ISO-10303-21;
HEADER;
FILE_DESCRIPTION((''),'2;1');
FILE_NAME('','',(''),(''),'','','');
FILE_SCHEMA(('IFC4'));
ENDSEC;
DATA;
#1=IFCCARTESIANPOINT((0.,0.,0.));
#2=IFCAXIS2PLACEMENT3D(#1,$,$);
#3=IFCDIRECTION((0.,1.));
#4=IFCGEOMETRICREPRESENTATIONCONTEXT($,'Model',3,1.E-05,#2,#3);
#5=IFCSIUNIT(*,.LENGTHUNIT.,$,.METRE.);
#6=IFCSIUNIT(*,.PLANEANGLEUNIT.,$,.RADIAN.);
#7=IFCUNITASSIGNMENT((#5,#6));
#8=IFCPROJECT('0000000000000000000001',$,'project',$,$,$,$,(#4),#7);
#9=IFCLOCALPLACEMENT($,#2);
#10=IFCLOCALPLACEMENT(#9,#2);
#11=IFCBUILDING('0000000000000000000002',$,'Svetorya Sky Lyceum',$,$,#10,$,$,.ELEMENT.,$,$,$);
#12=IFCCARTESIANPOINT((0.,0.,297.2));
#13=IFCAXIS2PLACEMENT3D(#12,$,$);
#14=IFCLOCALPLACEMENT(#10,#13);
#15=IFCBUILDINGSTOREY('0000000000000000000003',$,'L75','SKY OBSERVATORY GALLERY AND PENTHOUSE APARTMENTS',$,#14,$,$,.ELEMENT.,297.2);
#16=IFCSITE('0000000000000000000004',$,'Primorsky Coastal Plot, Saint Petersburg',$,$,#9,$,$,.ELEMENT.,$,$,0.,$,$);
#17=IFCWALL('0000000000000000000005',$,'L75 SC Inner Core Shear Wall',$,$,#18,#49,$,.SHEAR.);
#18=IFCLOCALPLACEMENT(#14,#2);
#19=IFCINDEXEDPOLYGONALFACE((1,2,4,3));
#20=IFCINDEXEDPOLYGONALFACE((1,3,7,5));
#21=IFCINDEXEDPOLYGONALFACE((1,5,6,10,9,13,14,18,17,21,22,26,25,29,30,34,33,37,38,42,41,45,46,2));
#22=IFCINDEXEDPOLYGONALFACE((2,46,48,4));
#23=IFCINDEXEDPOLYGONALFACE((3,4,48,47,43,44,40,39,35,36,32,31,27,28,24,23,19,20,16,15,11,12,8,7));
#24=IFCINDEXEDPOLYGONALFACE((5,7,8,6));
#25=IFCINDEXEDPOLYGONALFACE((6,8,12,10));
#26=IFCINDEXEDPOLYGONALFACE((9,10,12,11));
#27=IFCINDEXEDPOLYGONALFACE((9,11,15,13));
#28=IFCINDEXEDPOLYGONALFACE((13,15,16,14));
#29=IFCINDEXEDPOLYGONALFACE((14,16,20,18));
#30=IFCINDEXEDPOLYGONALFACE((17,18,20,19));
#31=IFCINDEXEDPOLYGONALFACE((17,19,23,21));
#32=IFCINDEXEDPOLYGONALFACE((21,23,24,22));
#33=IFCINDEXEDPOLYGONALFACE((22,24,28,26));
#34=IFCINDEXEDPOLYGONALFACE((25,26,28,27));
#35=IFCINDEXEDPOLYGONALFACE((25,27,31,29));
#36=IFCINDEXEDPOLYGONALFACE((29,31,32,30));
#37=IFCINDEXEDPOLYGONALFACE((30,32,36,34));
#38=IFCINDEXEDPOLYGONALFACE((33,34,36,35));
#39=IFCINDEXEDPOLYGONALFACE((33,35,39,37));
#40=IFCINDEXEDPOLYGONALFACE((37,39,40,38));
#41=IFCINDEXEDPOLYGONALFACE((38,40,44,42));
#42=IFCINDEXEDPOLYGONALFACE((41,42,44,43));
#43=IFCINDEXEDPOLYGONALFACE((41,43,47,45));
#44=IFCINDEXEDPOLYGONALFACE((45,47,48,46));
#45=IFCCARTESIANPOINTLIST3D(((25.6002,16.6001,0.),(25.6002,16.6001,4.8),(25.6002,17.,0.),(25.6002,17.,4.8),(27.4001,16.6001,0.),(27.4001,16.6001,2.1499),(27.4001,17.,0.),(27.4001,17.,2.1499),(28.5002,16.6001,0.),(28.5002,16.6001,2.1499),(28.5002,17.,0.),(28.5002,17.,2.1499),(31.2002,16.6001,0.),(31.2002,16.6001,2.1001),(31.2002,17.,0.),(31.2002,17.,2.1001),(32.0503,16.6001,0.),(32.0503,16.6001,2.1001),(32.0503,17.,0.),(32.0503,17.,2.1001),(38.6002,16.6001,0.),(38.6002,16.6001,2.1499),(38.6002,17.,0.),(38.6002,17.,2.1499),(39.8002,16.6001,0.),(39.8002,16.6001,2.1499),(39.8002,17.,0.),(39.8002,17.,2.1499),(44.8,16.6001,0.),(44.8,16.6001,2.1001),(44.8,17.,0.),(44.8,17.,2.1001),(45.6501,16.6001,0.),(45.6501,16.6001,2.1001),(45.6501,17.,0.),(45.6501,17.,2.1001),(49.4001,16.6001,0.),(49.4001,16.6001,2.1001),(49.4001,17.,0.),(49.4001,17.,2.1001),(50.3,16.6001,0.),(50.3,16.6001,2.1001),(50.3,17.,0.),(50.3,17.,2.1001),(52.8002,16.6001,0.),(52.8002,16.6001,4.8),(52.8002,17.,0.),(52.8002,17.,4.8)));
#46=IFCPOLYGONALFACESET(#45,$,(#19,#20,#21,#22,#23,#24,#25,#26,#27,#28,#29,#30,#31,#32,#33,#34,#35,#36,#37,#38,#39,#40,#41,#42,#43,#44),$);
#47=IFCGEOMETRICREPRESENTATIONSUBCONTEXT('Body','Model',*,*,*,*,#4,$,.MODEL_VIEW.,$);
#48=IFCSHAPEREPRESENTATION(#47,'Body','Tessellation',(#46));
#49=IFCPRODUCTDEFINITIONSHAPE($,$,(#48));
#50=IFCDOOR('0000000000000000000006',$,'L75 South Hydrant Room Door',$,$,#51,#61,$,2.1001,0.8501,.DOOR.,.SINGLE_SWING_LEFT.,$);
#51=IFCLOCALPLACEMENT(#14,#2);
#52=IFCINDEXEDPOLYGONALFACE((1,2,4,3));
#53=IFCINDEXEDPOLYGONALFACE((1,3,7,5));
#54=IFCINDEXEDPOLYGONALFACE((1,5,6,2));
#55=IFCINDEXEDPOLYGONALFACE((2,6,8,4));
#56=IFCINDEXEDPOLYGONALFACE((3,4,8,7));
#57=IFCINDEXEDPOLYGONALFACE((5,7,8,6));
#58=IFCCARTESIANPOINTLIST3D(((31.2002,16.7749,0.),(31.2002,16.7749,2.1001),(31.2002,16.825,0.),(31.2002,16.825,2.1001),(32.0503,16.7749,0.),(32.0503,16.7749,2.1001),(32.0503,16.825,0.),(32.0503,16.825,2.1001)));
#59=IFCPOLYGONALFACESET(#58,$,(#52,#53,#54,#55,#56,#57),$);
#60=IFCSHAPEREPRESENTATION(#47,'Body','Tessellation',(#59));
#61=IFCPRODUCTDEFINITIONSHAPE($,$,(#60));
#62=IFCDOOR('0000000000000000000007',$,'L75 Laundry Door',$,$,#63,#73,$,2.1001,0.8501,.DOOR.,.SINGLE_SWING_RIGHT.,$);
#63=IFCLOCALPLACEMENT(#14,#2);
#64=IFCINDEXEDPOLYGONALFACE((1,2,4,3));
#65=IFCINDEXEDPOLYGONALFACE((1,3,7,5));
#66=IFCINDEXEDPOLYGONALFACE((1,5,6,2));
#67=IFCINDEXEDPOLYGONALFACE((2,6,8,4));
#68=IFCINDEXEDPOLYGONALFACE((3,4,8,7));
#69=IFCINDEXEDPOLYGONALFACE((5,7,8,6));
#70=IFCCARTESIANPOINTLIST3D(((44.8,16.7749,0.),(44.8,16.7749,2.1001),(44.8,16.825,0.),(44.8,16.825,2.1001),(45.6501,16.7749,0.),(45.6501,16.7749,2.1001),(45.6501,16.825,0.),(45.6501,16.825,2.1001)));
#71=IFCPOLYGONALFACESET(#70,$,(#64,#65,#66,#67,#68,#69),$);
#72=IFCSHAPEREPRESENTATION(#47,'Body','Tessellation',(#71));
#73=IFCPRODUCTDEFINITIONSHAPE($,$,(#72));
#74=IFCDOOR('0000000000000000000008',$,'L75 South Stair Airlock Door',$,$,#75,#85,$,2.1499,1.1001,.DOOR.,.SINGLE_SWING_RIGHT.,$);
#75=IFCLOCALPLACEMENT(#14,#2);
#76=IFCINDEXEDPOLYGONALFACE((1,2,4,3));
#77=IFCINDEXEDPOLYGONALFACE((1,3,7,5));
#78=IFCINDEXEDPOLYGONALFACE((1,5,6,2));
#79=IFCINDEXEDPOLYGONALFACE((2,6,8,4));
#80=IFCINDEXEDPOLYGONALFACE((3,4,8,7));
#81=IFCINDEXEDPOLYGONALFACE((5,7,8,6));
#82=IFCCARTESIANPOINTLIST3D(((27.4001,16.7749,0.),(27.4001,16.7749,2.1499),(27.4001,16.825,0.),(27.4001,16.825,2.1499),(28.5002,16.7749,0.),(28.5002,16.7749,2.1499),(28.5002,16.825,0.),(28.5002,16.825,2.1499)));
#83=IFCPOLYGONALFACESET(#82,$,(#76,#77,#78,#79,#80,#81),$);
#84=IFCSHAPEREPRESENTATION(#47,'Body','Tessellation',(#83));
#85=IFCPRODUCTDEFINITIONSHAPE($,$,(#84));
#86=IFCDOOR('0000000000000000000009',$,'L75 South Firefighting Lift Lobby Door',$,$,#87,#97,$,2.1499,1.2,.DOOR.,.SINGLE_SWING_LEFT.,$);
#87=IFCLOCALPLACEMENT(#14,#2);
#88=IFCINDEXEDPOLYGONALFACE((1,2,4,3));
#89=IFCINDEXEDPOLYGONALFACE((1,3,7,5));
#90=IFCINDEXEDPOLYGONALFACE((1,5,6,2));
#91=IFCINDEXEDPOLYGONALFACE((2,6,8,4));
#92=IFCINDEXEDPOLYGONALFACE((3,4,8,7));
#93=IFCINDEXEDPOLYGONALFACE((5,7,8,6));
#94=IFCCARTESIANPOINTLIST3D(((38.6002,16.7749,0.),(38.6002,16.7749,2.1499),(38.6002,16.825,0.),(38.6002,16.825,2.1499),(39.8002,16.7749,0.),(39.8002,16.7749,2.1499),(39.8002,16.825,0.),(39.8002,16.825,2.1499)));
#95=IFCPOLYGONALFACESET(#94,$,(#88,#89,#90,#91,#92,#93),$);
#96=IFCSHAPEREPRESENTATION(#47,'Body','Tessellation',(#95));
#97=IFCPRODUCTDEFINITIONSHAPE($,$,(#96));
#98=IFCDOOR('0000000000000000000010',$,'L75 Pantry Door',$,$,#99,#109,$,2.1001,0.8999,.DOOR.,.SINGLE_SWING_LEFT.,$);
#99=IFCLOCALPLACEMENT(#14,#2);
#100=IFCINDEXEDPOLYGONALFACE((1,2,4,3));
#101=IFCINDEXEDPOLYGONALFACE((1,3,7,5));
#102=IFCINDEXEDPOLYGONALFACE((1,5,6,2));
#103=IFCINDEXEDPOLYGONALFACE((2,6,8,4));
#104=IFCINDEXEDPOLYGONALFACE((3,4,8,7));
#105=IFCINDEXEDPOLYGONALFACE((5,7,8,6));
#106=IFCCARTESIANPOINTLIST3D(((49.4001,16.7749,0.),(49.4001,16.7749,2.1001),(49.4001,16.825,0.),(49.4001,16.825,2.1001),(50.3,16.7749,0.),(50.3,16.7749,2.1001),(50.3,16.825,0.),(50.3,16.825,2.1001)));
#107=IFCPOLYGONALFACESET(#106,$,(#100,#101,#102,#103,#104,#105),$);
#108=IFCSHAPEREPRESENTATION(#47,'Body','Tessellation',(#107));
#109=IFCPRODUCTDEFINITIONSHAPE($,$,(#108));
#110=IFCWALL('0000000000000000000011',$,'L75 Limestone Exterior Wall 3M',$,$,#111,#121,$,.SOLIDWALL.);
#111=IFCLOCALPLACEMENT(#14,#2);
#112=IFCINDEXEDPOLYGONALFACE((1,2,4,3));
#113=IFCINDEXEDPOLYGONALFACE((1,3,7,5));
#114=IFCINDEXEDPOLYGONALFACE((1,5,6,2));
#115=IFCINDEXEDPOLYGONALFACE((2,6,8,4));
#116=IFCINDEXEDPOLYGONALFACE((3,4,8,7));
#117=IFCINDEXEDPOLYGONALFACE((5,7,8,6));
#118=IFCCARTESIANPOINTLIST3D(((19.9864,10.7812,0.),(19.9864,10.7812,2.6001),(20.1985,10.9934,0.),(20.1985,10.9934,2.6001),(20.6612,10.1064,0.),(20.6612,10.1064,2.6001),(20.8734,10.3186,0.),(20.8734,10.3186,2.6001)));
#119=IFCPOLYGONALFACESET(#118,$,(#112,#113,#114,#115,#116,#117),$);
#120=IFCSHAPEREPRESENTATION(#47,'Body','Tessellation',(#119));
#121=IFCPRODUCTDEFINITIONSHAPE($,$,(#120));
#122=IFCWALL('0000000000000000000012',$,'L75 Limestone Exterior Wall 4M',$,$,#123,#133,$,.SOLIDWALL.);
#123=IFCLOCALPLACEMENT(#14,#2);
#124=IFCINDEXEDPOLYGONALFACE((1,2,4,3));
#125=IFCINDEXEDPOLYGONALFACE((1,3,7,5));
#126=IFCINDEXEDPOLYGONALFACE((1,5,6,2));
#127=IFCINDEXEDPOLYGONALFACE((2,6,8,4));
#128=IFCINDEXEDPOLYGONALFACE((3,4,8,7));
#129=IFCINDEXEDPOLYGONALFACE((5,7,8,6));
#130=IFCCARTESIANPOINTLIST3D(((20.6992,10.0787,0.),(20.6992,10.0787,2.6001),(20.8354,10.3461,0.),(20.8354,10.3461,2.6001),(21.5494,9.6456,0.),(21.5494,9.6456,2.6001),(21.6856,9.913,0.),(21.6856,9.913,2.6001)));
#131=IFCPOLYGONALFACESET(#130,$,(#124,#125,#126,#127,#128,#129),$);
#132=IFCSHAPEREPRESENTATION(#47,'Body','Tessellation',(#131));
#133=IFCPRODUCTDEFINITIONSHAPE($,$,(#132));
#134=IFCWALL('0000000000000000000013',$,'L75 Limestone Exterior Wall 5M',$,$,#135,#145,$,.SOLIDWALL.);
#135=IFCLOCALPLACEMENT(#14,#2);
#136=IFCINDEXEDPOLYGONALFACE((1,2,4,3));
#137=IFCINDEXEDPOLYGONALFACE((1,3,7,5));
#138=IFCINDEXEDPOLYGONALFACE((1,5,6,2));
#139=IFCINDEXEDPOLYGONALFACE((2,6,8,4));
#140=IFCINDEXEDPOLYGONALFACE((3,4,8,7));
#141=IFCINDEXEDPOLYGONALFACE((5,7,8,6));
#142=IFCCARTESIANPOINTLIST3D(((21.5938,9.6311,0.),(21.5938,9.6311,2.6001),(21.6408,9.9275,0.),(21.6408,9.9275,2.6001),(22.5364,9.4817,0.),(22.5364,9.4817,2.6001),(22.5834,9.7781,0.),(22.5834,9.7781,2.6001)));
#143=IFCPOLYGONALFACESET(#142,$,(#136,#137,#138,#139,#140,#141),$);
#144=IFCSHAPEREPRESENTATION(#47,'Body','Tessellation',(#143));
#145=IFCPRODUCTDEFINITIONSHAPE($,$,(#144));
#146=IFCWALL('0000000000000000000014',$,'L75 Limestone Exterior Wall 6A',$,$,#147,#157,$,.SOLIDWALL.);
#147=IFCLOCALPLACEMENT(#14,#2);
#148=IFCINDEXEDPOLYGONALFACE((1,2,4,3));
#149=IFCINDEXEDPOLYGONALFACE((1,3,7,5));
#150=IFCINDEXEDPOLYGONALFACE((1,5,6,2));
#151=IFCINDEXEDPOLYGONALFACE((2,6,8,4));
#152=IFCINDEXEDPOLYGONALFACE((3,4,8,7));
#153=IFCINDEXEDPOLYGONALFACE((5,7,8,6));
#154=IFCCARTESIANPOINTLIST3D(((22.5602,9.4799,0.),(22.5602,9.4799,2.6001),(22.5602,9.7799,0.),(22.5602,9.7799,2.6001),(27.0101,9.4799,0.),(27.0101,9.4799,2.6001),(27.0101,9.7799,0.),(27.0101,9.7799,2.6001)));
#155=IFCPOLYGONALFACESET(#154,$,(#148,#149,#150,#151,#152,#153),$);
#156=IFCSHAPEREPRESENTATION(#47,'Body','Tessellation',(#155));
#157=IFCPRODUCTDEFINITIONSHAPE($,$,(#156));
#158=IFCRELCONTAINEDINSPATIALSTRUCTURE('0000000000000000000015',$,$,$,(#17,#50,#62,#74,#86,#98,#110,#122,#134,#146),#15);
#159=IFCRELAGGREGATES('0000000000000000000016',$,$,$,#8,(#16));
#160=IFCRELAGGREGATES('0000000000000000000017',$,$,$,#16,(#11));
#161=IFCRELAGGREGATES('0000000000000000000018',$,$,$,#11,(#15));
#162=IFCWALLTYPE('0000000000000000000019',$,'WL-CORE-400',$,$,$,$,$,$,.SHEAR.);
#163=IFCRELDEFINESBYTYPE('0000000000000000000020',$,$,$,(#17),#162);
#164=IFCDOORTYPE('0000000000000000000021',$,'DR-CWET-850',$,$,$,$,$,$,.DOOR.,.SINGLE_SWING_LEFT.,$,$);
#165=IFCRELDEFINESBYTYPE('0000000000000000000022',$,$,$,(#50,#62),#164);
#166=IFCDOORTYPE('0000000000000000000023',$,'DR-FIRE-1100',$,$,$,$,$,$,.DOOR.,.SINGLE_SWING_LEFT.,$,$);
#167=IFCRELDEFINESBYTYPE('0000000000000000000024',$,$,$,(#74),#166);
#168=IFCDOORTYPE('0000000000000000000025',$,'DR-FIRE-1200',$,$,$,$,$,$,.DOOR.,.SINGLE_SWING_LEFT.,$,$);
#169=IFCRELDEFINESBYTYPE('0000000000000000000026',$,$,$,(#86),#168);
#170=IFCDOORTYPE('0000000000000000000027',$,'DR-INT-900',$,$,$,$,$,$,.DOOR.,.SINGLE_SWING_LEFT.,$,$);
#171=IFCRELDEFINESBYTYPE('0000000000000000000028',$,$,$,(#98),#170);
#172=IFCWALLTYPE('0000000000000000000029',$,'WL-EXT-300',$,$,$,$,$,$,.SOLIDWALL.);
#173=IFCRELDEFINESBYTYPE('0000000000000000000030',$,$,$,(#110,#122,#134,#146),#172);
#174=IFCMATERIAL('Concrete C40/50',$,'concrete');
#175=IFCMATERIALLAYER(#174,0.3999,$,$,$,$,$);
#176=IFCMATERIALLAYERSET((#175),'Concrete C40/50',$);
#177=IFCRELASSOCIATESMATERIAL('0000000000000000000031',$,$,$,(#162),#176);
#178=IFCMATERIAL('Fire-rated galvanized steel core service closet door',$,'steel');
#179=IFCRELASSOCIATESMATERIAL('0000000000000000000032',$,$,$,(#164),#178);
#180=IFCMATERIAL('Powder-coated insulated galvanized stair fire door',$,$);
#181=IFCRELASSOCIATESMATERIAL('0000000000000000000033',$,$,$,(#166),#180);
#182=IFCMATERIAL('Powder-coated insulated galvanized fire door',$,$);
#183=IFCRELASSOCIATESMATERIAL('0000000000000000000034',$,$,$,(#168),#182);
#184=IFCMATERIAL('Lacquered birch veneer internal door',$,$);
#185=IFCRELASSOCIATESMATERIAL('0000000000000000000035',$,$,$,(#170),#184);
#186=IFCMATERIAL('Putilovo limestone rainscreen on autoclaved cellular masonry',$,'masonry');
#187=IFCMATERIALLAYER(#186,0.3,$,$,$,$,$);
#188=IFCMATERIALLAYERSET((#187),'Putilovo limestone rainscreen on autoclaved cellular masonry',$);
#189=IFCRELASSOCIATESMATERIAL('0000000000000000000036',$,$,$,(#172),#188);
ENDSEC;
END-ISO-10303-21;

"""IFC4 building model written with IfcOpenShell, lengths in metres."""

from ifc_helpers import new_model, si_unit, direction, frame, frame_2d, origin, place, context, subcontext, project, spatial, rectangle, extrude, material, layer, layer_set, type_object, element, fill, save


model = new_model("IFC4")

# Units and contexts
model_context = context("Model", 3, precision=1e-05, world=origin(), true_north=direction((0.0, 1.0)))
body_context = subcontext(model_context, "Body", "Model", "MODEL_VIEW")
ifc_project = project(units=[si_unit("LENGTHUNIT", "METRE"), si_unit("PLANEANGLEUNIT", "RADIAN")], contexts=[model_context])

# Site, building, storey
site_placement = place(None, origin())
site = spatial("IfcSite", under=ifc_project, at=site_placement, Name="Primorsky Coastal Plot, Saint Petersburg", CompositionType="ELEMENT", RefElevation=0.0)
building_placement = place(site_placement, origin())
building = spatial("IfcBuilding", under=site, at=building_placement, Name="Svetorya Sky Lyceum", CompositionType="ELEMENT")
storey_placement = place(building_placement, frame((0.0, 0.0, 297.2)))
storey = spatial("IfcBuildingStorey", under=building, at=storey_placement, Name="L75", Description="SKY OBSERVATORY GALLERY AND PENTHOUSE APARTMENTS", CompositionType="ELEMENT", Elevation=297.2)

# Shared definitions
ifc_material_1 = material(Name="Concrete C40/50", Category="concrete")

# Shared definitions
ifc_layer_1 = layer(ifc_material_1, 0.3999)
ifc_layer_set_1 = layer_set([ifc_layer_1], Name="Concrete C40/50")
wall_type_1 = type_object("IfcWallType", Name="WL-CORE-400", PredefinedType="SHEAR", material=ifc_layer_set_1)

# Wall, openings, doors
wall_1_placement = place(storey_placement, frame((25.6001, 16.8, 0.0), z_axis=(0.0, 0.0, 1.0), x_axis=(1.0, 0.0, 0.0)))
wall_1 = element("IfcWall", 1, at=wall_1_placement, inside=storey, type_object=wall_type_1, Name="L75 SC Inner Core Shear Wall", PredefinedType="SHEAR", context=body_context, shape_type="SweptSolid", body=[
    extrude(rectangle(XDim=27.2, YDim=0.3999, at=frame_2d((13.6001, 0.0))), origin(), (0.0, 0.0, 1.0), 4.8),
])
opening_1_placement = place(wall_1_placement, frame((1.8, 0.0, 0.0)))
opening_1 = element("IfcOpeningElement", 2, at=opening_1_placement, cuts=wall_1, PredefinedType="OPENING", context=body_context, shape_type="SweptSolid", body=[
    extrude(rectangle(XDim=1.1001, YDim=2.1499, at=frame_2d((0.55, 1.075))), frame((0.0, 0.21, 0.0), z_axis=(0.0, -1.0, 0.0), x_axis=(1.0, 0.0, 0.0)), (0.0, 0.0, 1.0), 0.4199),
])
opening_2_placement = place(wall_1_placement, frame((5.6001, 0.0, 0.0)))
opening_2 = element("IfcOpeningElement", 3, at=opening_2_placement, cuts=wall_1, PredefinedType="OPENING", context=body_context, shape_type="SweptSolid", body=[
    extrude(rectangle(XDim=0.8501, YDim=2.1001, at=frame_2d((0.425, 1.05))), frame((0.0, 0.21, 0.0), z_axis=(0.0, -1.0, 0.0), x_axis=(1.0, 0.0, 0.0)), (0.0, 0.0, 1.0), 0.4199),
])
opening_3_placement = place(wall_1_placement, frame((13.0, 0.0, 0.0)))
opening_3 = element("IfcOpeningElement", 4, at=opening_3_placement, cuts=wall_1, PredefinedType="OPENING", context=body_context, shape_type="SweptSolid", body=[
    extrude(rectangle(XDim=1.2, YDim=2.1499, at=frame_2d((0.6001, 1.075))), frame((0.0, 0.21, 0.0), z_axis=(0.0, -1.0, 0.0), x_axis=(1.0, 0.0, 0.0)), (0.0, 0.0, 1.0), 0.4199),
])
opening_4_placement = place(wall_1_placement, frame((19.2, 0.0, 0.0)))
opening_4 = element("IfcOpeningElement", 5, at=opening_4_placement, cuts=wall_1, PredefinedType="OPENING", context=body_context, shape_type="SweptSolid", body=[
    extrude(rectangle(XDim=0.8501, YDim=2.1001, at=frame_2d((0.425, 1.05))), frame((0.0, 0.21, 0.0), z_axis=(0.0, -1.0, 0.0), x_axis=(1.0, 0.0, 0.0)), (0.0, 0.0, 1.0), 0.4199),
])
opening_5_placement = place(wall_1_placement, frame((23.8, 0.0, 0.0)))
opening_5 = element("IfcOpeningElement", 6, at=opening_5_placement, cuts=wall_1, PredefinedType="OPENING", context=body_context, shape_type="SweptSolid", body=[
    extrude(rectangle(XDim=0.8999, YDim=2.1001, at=frame_2d((0.45, 1.05))), frame((0.0, 0.21, 0.0), z_axis=(0.0, -1.0, 0.0), x_axis=(1.0, 0.0, 0.0)), (0.0, 0.0, 1.0), 0.4199),
])
ifc_material_2 = material(Name="Fire-rated galvanized steel core service closet door", Category="steel")
door_type_1 = type_object("IfcDoorType", Name="DR-CWET-850", OperationType="SINGLE_SWING_LEFT", PredefinedType="DOOR", material=ifc_material_2)
door_1_placement = place(opening_2_placement, origin())
door_1 = element("IfcDoor", 7, at=door_1_placement, inside=storey, type_object=door_type_1, Name="L75 South Hydrant Room Door", OperationType="SINGLE_SWING_LEFT", OverallHeight=2.1001, OverallWidth=0.8501, PredefinedType="DOOR", context=body_context, shape_type="SweptSolid", body=[
    extrude(rectangle(XDim=0.8501, YDim=2.1001, at=frame_2d((0.425, 1.05))), frame((0.0, 0.0249, 0.0), z_axis=(0.0, -1.0, 0.0), x_axis=(1.0, 0.0, 0.0)), (0.0, 0.0, 1.0), 0.05),
])
fill(opening_2, door_1)
door_2_placement = place(opening_4_placement, origin())
door_2 = element("IfcDoor", 8, at=door_2_placement, inside=storey, type_object=door_type_1, Name="L75 Laundry Door", OperationType="SINGLE_SWING_RIGHT", OverallHeight=2.1001, OverallWidth=0.8501, PredefinedType="DOOR", context=body_context, shape_type="SweptSolid", body=[
    extrude(rectangle(XDim=0.8501, YDim=2.1001, at=frame_2d((0.425, 1.05))), frame((0.0, 0.0249, 0.0), z_axis=(0.0, -1.0, 0.0), x_axis=(1.0, 0.0, 0.0)), (0.0, 0.0, 1.0), 0.05),
])
fill(opening_4, door_2)
ifc_material_3 = material(Name="Powder-coated insulated galvanized stair fire door")
door_type_2 = type_object("IfcDoorType", Name="DR-FIRE-1100", OperationType="SINGLE_SWING_LEFT", PredefinedType="DOOR", material=ifc_material_3)
door_3_placement = place(opening_1_placement, origin())
door_3 = element("IfcDoor", 9, at=door_3_placement, inside=storey, type_object=door_type_2, Name="L75 South Stair Airlock Door", OperationType="SINGLE_SWING_RIGHT", OverallHeight=2.1499, OverallWidth=1.1001, PredefinedType="DOOR", context=body_context, shape_type="SweptSolid", body=[
    extrude(rectangle(XDim=1.1001, YDim=2.1499, at=frame_2d((0.55, 1.075))), frame((0.0, 0.0249, 0.0), z_axis=(0.0, -1.0, 0.0), x_axis=(1.0, 0.0, 0.0)), (0.0, 0.0, 1.0), 0.05),
])
fill(opening_1, door_3)
ifc_material_4 = material(Name="Powder-coated insulated galvanized fire door")
door_type_3 = type_object("IfcDoorType", Name="DR-FIRE-1200", OperationType="SINGLE_SWING_LEFT", PredefinedType="DOOR", material=ifc_material_4)
door_4_placement = place(opening_3_placement, origin())
door_4 = element("IfcDoor", 10, at=door_4_placement, inside=storey, type_object=door_type_3, Name="L75 South Firefighting Lift Lobby Door", OperationType="SINGLE_SWING_LEFT", OverallHeight=2.1499, OverallWidth=1.2, PredefinedType="DOOR", context=body_context, shape_type="SweptSolid", body=[
    extrude(rectangle(XDim=1.2, YDim=2.1499, at=frame_2d((0.6001, 1.075))), frame((0.0, 0.0249, 0.0), z_axis=(0.0, -1.0, 0.0), x_axis=(1.0, 0.0, 0.0)), (0.0, 0.0, 1.0), 0.05),
])
fill(opening_3, door_4)
ifc_material_5 = material(Name="Lacquered birch veneer internal door")
door_type_4 = type_object("IfcDoorType", Name="DR-INT-900", OperationType="SINGLE_SWING_LEFT", PredefinedType="DOOR", material=ifc_material_5)
door_5_placement = place(opening_5_placement, origin())
door_5 = element("IfcDoor", 11, at=door_5_placement, inside=storey, type_object=door_type_4, Name="L75 Pantry Door", OperationType="SINGLE_SWING_LEFT", OverallHeight=2.1001, OverallWidth=0.8999, PredefinedType="DOOR", context=body_context, shape_type="SweptSolid", body=[
    extrude(rectangle(XDim=0.8999, YDim=2.1001, at=frame_2d((0.45, 1.05))), frame((0.0, 0.0249, 0.0), z_axis=(0.0, -1.0, 0.0), x_axis=(1.0, 0.0, 0.0)), (0.0, 0.0, 1.0), 0.05),
])
fill(opening_5, door_5)

# Walls
ifc_material_6 = material(Name="Putilovo limestone rainscreen on autoclaved cellular masonry", Category="masonry")
ifc_layer_2 = layer(ifc_material_6, 0.3)
ifc_layer_set_2 = layer_set([ifc_layer_2], Name="Putilovo limestone rainscreen on autoclaved cellular masonry")
wall_type_2 = type_object("IfcWallType", Name="WL-EXT-300", PredefinedType="SOLIDWALL", material=ifc_layer_set_2)
wall_2_placement = place(storey_placement, frame((20.0925, 10.8872, 0.0), z_axis=(0.0, 0.0, 1.0), x_axis=(0.707107, -0.707107, 0.0)))
element("IfcWall", 12, at=wall_2_placement, inside=storey, type_object=wall_type_2, Name="L75 Limestone Exterior Wall 3M", PredefinedType="SOLIDWALL", context=body_context, shape_type="SweptSolid", body=[
    extrude(rectangle(XDim=0.9543, YDim=0.3, at=frame_2d((0.4771, 0.0))), origin(), (0.0, 0.0, 1.0), 2.6001),
])
wall_3_placement = place(storey_placement, frame((20.7673, 10.2124, 0.0), z_axis=(0.0, 0.0, 1.0), x_axis=(0.891024, -0.453956, 0.0)))
element("IfcWall", 13, at=wall_3_placement, inside=storey, type_object=wall_type_2, Name="L75 Limestone Exterior Wall 4M", PredefinedType="SOLIDWALL", context=body_context, shape_type="SweptSolid", body=[
    extrude(rectangle(XDim=0.9541, YDim=0.3, at=frame_2d((0.4771, 0.0))), origin(), (0.0, 0.0, 1.0), 2.6001),
])
wall_4_placement = place(storey_placement, frame((21.6174, 9.7793, 0.0), z_axis=(0.0, 0.0, 1.0), x_axis=(0.987669, -0.156554, 0.0)))
element("IfcWall", 14, at=wall_4_placement, inside=storey, type_object=wall_type_2, Name="L75 Limestone Exterior Wall 5M", PredefinedType="SOLIDWALL", context=body_context, shape_type="SweptSolid", body=[
    extrude(rectangle(XDim=0.9543, YDim=0.3, at=frame_2d((0.4771, 0.0))), origin(), (0.0, 0.0, 1.0), 2.6001),
])
wall_5_placement = place(storey_placement, frame((22.5601, 9.6299, 0.0), z_axis=(0.0, 0.0, 1.0), x_axis=(1.0, 0.0, 0.0)))
element("IfcWall", 15, at=wall_5_placement, inside=storey, type_object=wall_type_2, Name="L75 Limestone Exterior Wall 6A", PredefinedType="SOLIDWALL", context=body_context, shape_type="SweptSolid", body=[
    extrude(rectangle(XDim=4.45, YDim=0.3, at=frame_2d((2.2251, 0.0))), origin(), (0.0, 0.0, 1.0), 2.6001),
])

save(model, "model.ifc")
